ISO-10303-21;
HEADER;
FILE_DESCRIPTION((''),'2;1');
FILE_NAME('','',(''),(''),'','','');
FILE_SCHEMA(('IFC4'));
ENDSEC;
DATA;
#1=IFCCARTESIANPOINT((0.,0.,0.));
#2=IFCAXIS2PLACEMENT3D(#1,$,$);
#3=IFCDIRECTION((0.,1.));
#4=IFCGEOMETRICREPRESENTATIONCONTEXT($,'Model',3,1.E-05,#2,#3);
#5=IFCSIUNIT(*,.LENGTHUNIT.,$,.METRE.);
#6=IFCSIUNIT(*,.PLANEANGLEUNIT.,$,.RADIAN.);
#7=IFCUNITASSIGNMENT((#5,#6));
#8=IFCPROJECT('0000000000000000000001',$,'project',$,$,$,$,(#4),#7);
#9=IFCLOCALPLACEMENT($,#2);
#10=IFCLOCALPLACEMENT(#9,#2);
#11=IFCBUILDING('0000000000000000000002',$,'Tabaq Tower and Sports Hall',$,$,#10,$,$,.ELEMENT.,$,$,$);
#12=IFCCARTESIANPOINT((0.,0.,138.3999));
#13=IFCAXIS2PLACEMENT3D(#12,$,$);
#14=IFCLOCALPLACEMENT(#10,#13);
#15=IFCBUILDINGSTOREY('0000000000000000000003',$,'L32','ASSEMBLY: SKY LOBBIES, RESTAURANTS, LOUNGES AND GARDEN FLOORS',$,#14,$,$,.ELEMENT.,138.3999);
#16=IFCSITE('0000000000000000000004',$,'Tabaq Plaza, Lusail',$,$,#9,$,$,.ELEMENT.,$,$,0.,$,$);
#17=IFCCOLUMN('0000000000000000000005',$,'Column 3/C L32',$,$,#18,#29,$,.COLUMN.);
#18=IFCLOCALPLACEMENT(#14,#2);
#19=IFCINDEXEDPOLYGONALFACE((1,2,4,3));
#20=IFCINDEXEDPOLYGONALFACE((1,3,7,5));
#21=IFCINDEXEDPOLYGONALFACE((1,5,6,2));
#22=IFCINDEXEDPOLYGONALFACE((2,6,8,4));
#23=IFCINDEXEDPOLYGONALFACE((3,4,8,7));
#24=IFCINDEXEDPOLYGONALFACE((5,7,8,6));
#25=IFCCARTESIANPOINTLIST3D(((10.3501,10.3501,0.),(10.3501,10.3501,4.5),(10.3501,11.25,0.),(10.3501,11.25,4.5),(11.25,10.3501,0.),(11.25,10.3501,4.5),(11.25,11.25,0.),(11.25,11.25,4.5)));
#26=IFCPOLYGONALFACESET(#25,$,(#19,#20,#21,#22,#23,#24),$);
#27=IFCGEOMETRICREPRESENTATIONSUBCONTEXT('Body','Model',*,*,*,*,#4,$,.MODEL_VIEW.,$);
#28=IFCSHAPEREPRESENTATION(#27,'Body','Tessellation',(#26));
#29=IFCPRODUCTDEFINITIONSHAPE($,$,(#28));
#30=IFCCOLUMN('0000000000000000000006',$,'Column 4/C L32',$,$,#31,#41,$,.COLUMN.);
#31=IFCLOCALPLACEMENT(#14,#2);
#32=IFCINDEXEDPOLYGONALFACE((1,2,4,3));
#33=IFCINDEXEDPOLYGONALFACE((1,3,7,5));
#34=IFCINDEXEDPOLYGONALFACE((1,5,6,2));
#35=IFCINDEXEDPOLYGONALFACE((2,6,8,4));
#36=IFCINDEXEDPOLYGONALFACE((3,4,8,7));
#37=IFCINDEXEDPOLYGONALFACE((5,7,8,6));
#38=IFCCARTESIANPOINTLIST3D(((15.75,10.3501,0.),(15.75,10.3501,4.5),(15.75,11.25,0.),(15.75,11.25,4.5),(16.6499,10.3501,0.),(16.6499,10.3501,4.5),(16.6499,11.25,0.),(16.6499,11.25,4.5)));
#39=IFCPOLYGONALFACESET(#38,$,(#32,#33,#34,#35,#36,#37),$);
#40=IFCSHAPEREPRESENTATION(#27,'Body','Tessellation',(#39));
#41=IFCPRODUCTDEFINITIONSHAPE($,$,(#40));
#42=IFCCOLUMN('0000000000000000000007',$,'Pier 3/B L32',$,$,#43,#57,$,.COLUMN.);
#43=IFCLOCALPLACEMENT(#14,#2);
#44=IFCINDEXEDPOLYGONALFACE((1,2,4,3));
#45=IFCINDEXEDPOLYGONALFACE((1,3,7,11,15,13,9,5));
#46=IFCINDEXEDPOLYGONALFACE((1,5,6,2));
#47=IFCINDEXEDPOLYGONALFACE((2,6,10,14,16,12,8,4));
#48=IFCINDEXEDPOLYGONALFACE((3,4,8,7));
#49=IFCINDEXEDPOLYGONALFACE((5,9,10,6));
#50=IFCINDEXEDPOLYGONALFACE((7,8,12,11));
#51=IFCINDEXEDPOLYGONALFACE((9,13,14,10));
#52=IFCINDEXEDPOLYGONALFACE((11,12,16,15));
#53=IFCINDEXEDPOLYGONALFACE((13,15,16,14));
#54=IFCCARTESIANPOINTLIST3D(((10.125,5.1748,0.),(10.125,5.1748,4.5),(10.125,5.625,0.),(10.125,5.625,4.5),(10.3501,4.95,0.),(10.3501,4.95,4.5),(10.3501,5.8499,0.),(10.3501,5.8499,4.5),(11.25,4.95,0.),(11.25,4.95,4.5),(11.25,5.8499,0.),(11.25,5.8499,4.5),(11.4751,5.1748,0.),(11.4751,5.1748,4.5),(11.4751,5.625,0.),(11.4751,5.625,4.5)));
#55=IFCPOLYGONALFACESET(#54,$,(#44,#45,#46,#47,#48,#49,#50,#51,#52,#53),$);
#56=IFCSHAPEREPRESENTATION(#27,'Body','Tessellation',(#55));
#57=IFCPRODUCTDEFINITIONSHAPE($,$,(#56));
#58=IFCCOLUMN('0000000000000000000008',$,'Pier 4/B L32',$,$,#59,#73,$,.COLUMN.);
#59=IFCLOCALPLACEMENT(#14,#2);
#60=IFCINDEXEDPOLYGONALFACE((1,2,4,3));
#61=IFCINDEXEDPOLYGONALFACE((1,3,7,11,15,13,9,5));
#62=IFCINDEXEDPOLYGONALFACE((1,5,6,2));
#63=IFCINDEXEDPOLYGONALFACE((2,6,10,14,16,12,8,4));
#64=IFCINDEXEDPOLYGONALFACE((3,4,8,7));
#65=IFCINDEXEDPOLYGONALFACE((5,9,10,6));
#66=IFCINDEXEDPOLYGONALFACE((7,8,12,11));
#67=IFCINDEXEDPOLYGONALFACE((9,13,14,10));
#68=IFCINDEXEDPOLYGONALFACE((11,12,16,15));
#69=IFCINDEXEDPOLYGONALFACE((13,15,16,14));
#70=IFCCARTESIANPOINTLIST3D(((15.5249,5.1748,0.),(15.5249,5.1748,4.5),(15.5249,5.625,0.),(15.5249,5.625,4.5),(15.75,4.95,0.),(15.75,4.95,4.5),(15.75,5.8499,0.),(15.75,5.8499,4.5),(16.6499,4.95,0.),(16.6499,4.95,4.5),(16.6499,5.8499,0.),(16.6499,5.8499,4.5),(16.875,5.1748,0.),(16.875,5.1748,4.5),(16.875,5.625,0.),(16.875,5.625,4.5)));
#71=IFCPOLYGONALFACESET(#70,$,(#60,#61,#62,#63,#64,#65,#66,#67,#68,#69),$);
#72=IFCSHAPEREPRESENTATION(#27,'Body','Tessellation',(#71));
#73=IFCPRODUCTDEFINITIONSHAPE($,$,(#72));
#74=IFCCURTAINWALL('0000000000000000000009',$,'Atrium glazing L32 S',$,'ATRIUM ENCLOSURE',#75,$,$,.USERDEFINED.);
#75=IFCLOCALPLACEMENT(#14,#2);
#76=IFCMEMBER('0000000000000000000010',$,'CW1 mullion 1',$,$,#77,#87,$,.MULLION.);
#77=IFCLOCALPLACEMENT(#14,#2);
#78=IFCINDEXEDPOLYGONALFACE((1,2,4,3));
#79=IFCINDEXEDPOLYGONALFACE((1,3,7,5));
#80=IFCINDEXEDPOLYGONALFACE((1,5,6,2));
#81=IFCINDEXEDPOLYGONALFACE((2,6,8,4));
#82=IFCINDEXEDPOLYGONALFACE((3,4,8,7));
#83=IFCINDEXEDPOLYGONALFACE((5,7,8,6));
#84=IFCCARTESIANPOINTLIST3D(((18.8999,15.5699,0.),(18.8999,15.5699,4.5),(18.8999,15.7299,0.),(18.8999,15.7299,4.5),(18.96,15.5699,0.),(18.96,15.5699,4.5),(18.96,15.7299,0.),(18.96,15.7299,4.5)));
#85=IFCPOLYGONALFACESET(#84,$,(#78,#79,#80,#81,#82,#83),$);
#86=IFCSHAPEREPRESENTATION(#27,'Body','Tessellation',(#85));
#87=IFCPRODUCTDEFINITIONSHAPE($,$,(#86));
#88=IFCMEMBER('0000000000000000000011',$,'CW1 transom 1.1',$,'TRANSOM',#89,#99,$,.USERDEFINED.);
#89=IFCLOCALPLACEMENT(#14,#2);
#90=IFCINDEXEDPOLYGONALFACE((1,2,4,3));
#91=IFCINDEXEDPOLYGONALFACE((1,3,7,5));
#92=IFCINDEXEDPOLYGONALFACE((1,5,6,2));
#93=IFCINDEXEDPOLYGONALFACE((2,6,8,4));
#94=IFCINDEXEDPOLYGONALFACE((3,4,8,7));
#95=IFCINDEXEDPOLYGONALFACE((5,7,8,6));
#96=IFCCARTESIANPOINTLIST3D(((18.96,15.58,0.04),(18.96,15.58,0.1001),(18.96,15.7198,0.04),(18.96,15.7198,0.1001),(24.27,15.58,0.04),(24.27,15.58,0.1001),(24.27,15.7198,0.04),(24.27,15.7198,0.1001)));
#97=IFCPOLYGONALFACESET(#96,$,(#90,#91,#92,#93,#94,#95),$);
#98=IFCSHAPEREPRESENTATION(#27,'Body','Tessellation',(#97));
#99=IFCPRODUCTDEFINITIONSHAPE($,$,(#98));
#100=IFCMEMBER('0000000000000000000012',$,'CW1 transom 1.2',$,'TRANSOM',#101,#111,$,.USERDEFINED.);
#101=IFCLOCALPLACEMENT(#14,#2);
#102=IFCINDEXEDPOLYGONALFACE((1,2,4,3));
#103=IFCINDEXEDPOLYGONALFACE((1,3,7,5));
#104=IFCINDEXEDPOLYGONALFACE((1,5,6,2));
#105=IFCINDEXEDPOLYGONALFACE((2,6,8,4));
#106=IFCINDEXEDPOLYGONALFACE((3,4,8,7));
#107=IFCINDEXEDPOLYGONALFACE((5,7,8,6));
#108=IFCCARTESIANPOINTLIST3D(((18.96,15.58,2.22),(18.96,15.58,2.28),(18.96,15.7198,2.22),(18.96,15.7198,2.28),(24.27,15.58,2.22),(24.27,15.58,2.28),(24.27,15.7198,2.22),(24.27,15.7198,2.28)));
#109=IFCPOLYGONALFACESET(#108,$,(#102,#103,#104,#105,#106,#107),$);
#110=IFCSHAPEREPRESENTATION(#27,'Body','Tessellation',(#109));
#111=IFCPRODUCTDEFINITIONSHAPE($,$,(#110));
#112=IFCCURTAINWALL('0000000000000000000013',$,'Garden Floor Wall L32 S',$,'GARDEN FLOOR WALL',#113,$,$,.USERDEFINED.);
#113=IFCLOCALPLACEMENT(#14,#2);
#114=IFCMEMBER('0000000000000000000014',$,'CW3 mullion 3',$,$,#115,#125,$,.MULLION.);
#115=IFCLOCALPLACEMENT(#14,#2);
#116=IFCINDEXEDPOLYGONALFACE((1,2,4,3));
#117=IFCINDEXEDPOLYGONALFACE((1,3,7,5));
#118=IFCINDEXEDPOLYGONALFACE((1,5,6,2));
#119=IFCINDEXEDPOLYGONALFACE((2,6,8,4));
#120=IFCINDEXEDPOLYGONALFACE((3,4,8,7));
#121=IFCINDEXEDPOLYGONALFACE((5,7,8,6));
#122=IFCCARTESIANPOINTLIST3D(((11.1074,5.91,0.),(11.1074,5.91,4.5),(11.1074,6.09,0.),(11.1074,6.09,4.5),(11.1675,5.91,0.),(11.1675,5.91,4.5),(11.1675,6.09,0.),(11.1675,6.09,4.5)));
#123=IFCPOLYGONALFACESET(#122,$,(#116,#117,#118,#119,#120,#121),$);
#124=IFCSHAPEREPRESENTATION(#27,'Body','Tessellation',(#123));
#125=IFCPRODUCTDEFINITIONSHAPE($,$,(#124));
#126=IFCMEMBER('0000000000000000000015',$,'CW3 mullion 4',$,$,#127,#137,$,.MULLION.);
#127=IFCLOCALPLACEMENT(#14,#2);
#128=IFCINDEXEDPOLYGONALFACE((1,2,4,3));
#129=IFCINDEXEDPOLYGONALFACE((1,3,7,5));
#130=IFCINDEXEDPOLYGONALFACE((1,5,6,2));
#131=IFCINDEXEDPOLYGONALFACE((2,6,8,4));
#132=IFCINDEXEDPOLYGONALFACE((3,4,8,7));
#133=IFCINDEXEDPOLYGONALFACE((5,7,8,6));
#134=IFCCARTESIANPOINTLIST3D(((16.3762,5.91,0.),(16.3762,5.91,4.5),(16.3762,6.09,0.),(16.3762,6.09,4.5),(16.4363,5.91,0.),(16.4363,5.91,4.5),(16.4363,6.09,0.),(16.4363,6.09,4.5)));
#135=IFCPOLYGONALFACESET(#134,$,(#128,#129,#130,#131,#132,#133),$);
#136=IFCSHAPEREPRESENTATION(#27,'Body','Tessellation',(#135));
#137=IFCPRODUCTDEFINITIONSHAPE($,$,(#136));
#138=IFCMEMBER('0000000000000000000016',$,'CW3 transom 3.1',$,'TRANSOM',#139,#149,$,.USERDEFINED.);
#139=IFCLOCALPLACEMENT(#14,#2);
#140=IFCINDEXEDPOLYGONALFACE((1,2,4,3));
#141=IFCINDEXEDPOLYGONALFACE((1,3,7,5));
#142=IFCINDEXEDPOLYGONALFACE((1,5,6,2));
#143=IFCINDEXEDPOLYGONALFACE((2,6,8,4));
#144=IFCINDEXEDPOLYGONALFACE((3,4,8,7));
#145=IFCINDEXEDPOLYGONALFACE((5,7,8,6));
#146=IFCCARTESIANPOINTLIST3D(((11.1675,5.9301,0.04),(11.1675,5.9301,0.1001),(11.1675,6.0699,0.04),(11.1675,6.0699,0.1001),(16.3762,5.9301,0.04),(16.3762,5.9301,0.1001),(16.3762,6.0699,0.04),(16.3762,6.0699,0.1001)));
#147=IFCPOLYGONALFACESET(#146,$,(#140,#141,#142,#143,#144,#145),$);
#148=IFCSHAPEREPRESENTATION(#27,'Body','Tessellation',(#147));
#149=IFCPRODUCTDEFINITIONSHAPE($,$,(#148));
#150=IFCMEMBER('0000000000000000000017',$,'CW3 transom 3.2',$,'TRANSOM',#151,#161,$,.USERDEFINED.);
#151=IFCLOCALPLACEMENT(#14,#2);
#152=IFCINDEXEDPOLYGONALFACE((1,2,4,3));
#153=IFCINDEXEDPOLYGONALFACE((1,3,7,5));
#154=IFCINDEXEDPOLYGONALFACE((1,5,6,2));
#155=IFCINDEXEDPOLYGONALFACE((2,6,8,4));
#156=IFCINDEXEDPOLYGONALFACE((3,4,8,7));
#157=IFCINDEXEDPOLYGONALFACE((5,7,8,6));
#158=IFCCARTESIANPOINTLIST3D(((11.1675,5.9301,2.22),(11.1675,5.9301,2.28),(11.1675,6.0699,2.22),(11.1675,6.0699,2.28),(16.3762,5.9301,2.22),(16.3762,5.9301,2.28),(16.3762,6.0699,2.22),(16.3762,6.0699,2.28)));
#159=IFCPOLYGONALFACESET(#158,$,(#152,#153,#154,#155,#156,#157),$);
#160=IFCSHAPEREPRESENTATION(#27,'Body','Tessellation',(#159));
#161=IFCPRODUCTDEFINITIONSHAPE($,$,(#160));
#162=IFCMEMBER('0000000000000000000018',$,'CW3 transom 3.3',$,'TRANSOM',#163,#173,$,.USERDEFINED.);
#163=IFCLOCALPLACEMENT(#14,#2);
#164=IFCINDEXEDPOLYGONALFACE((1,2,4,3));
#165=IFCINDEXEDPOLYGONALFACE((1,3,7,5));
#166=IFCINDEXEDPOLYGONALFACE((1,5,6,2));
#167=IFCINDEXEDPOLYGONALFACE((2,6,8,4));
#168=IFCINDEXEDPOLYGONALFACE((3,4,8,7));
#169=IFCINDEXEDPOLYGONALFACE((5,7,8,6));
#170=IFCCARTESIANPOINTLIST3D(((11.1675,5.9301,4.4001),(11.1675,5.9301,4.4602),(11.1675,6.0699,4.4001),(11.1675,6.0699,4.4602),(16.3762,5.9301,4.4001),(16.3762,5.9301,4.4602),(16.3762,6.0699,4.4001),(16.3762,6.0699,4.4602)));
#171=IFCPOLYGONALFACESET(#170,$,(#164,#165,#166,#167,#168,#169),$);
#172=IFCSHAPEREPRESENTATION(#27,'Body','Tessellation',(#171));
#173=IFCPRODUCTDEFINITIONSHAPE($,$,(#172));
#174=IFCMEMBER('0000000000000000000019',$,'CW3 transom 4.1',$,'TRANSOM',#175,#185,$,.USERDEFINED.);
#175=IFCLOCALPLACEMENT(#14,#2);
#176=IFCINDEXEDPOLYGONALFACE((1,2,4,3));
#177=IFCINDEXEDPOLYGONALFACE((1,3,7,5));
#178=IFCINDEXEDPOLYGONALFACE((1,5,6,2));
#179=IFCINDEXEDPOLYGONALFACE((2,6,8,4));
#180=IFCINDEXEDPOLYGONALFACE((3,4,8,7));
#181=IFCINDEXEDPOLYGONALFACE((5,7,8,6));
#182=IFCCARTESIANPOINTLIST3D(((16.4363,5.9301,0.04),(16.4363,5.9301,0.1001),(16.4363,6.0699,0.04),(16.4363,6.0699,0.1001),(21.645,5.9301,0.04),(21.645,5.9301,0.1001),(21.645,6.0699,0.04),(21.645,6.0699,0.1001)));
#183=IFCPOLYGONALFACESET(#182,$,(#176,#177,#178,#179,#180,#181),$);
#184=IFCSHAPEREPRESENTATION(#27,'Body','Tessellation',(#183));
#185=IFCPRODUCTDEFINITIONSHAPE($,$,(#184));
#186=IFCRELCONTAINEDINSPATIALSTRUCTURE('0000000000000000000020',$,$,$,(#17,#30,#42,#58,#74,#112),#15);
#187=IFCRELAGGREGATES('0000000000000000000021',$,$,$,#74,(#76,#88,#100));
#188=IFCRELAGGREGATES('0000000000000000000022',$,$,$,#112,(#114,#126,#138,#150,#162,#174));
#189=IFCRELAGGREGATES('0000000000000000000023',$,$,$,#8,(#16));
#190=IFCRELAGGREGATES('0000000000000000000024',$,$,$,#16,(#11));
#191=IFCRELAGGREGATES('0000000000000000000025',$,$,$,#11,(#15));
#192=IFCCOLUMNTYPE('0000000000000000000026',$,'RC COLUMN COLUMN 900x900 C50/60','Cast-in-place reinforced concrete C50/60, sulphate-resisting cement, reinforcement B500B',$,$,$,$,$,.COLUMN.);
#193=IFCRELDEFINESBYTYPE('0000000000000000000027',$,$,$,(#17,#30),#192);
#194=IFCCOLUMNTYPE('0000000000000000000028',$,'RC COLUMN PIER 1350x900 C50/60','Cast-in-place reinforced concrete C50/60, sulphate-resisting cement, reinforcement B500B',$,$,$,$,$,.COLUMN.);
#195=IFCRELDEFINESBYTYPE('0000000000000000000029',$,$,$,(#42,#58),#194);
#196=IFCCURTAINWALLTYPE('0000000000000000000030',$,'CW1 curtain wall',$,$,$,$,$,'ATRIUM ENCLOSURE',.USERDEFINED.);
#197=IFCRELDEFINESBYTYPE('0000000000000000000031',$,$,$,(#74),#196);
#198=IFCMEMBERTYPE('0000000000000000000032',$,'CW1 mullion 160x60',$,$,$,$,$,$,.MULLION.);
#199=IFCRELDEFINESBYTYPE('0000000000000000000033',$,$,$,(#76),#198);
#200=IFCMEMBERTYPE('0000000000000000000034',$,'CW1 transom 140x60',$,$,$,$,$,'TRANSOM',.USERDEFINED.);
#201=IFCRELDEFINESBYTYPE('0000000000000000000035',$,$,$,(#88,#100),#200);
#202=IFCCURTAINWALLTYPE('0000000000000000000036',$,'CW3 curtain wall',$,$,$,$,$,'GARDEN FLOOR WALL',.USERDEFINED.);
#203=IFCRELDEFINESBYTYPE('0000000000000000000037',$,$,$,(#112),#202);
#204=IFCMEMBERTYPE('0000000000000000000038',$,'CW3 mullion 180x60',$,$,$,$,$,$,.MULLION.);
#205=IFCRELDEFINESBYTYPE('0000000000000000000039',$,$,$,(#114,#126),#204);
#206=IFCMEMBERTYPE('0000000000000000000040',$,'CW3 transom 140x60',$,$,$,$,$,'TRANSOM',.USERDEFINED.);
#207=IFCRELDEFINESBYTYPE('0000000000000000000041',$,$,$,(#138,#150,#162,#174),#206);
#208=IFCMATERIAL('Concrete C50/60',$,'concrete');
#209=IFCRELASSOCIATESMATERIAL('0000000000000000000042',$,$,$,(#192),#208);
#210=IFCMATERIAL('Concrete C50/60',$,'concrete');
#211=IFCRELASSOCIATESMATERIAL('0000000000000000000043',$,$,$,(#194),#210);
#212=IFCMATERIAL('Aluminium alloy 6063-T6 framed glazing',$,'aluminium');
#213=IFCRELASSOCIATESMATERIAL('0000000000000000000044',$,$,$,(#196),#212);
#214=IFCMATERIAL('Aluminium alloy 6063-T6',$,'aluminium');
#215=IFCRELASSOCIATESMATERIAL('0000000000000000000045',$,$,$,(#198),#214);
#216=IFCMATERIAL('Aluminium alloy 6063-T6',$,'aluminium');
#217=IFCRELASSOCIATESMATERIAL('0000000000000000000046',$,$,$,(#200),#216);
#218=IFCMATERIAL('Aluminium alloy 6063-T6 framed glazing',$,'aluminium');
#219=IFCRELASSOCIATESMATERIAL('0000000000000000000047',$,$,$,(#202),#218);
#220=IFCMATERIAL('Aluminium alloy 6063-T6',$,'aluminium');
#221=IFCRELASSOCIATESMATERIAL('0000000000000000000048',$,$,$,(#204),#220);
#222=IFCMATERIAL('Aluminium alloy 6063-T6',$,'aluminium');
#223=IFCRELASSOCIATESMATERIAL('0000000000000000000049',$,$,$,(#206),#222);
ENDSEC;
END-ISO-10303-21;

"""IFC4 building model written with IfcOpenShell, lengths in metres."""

from ifc_helpers import new_model, si_unit, direction, frame, origin, origin_2d, place, context, subcontext, project, spatial, polyline, rectangle, outline, extrude, material, material_profile, profile_set, type_object, element, aggregate, save


model = new_model("IFC4")

# Units and contexts
model_context = context("Model", 3, precision=1e-05, world=origin(), true_north=direction((0.0, 1.0)))
body_context = subcontext(model_context, "Body", "Model", "MODEL_VIEW")
ifc_project = project(units=[si_unit("LENGTHUNIT", "METRE"), si_unit("PLANEANGLEUNIT", "RADIAN")], contexts=[model_context])

# Site, building, storey
site_placement = place(None, origin())
site = spatial("IfcSite", under=ifc_project, at=site_placement, Name="Tabaq Plaza, Lusail", CompositionType="ELEMENT", RefElevation=0.0)
building_placement = place(site_placement, origin())
building = spatial("IfcBuilding", under=site, at=building_placement, Name="Tabaq Tower and Sports Hall", CompositionType="ELEMENT")
storey_placement = place(building_placement, frame((0.0, 0.0, 138.3999)))
storey = spatial("IfcBuildingStorey", under=building, at=storey_placement, Name="L32", Description="ASSEMBLY: SKY LOBBIES, RESTAURANTS, LOUNGES AND GARDEN FLOORS", CompositionType="ELEMENT", Elevation=138.3999)

# Columns
ifc_material_1 = material(Name="Concrete C50/60", Category="concrete")
ifc_material_profile_1 = material_profile(ifc_material_1, rectangle(XDim=0.8999, YDim=0.8999, at=origin_2d()), Name="COLUMN 900x900")
ifc_profile_set_1 = profile_set([ifc_material_profile_1], Name="Concrete C50/60")
column_type_1 = type_object("IfcColumnType", Name="RC COLUMN COLUMN 900x900 C50/60", Description="Cast-in-place reinforced concrete C50/60, sulphate-resisting cement, reinforcement B500B", PredefinedType="COLUMN", material=ifc_profile_set_1)
for number, where, z_axis, x_axis, name in (
    (1, (10.8, 10.8, 0.0), (0.0, 0.0, 1.0), (1.0, 0.0, 0.0), "Column 3/C L32"),
    (2, (16.2, 10.8, 0.0), (0.0, 0.0, 1.0), (1.0, 0.0, 0.0), "Column 4/C L32"),
):
    element("IfcColumn", number, at=place(storey_placement, frame(where, z_axis=z_axis, x_axis=x_axis)), inside=storey, type_object=column_type_1, Name=name, PredefinedType="COLUMN", context=body_context, shape_type="SweptSolid", body=[
        extrude(rectangle(XDim=0.8999, YDim=0.8999, at=origin_2d()), origin(), (0.0, 0.0, 1.0), 4.5),
    ])
ifc_material_2 = material(Name="Concrete C50/60", Category="concrete")
ifc_material_profile_2 = material_profile(ifc_material_2, outline(polyline([(-0.45, -0.45), (0.45, -0.45), (0.675, -0.2251), (0.675, 0.2251), (0.45, 0.45), (-0.45, 0.45), (-0.675, 0.2251), (-0.675, -0.2251), (-0.45, -0.45)])), Name="PIER 1350x900")
ifc_profile_set_2 = profile_set([ifc_material_profile_2], Name="Concrete C50/60")
column_type_2 = type_object("IfcColumnType", Name="RC COLUMN PIER 1350x900 C50/60", Description="Cast-in-place reinforced concrete C50/60, sulphate-resisting cement, reinforcement B500B", PredefinedType="COLUMN", material=ifc_profile_set_2)
for number, where, z_axis, x_axis, name in (
    (3, (10.8, 5.3999, 0.0), (0.0, 0.0, 1.0), (1.0, 0.0, 0.0), "Pier 3/B L32"),
    (4, (16.2, 5.3999, 0.0), (0.0, 0.0, 1.0), (1.0, 0.0, 0.0), "Pier 4/B L32"),
):
    element("IfcColumn", number, at=place(storey_placement, frame(where, z_axis=z_axis, x_axis=x_axis)), inside=storey, type_object=column_type_2, Name=name, PredefinedType="COLUMN", context=body_context, shape_type="SweptSolid", body=[
        extrude(outline(polyline([(-0.45, -0.45), (0.45, -0.45), (0.675, -0.2251), (0.675, 0.2251), (0.45, 0.45), (-0.45, 0.45), (-0.675, 0.2251), (-0.675, -0.2251), (-0.45, -0.45)])), origin(), (0.0, 0.0, 1.0), 4.5),
    ])

# Curtain walls, members
ifc_material_3 = material(Name="Aluminium alloy 6063-T6 framed glazing", Category="aluminium")
curtain_wall_type_1 = type_object("IfcCurtainWallType", Name="CW1 curtain wall", ElementType="ATRIUM ENCLOSURE", PredefinedType="USERDEFINED", material=ifc_material_3)
curtain_wall_1_placement = place(storey_placement, origin())
curtain_wall_1 = element("IfcCurtainWall", 5, at=curtain_wall_1_placement, inside=storey, type_object=curtain_wall_type_1, Name="Atrium glazing L32 S", ObjectType="ATRIUM ENCLOSURE", PredefinedType="USERDEFINED")
ifc_material_4 = material(Name="Aluminium alloy 6063-T6", Category="aluminium")
ifc_material_profile_3 = material_profile(ifc_material_4, rectangle(XDim=0.1599, YDim=0.0601, at=origin_2d()), Name="MULLION 160x60")
ifc_profile_set_3 = profile_set([ifc_material_profile_3], Name="Aluminium alloy 6063-T6")
member_type_1 = type_object("IfcMemberType", Name="CW1 mullion 160x60", PredefinedType="MULLION", material=ifc_profile_set_3)
member_1_placement = place(storey_placement, frame((18.9299, 15.6499, 0.0), z_axis=(0.0, 0.0, 1.0), x_axis=(0.0, 1.0, 0.0)))
member_1 = element("IfcMember", 6, at=member_1_placement, type_object=member_type_1, Name="CW1 mullion 1", PredefinedType="MULLION", context=body_context, shape_type="SweptSolid", body=[
    extrude(rectangle(XDim=0.1599, YDim=0.0601, at=origin_2d()), origin(), (0.0, 0.0, 1.0), 4.5),
])
ifc_material_5 = material(Name="Aluminium alloy 6063-T6", Category="aluminium")
ifc_material_profile_4 = material_profile(ifc_material_5, rectangle(XDim=0.1399, YDim=0.0601, at=origin_2d()), Name="TRANSOM 140x60")
ifc_profile_set_4 = profile_set([ifc_material_profile_4], Name="Aluminium alloy 6063-T6")
member_type_2 = type_object("IfcMemberType", Name="CW1 transom 140x60", ElementType="TRANSOM", PredefinedType="USERDEFINED", material=ifc_profile_set_4)
member_2_placement = place(storey_placement, frame((18.96, 15.6499, 0.0701), z_axis=(1.0, 0.0, 0.0), x_axis=(0.0, 1.0, 0.0)))
member_2 = element("IfcMember", 7, at=member_2_placement, type_object=member_type_2, Name="CW1 transom 1.1", ObjectType="TRANSOM", PredefinedType="USERDEFINED", context=body_context, shape_type="SweptSolid", body=[
    extrude(rectangle(XDim=0.1399, YDim=0.0601, at=origin_2d()), origin(), (0.0, 0.0, 1.0), 5.3101),
])
member_3_placement = place(storey_placement, frame((18.96, 15.6499, 2.25), z_axis=(1.0, 0.0, 0.0), x_axis=(0.0, 1.0, 0.0)))
member_3 = element("IfcMember", 8, at=member_3_placement, type_object=member_type_2, Name="CW1 transom 1.2", ObjectType="TRANSOM", PredefinedType="USERDEFINED", context=body_context, shape_type="SweptSolid", body=[
    extrude(rectangle(XDim=0.1399, YDim=0.0601, at=origin_2d()), origin(), (0.0, 0.0, 1.0), 5.3101),
])
aggregate(curtain_wall_1, [member_1, member_2, member_3])
ifc_material_6 = material(Name="Aluminium alloy 6063-T6 framed glazing", Category="aluminium")
curtain_wall_type_2 = type_object("IfcCurtainWallType", Name="CW3 curtain wall", ElementType="GARDEN FLOOR WALL", PredefinedType="USERDEFINED", material=ifc_material_6)
curtain_wall_2_placement = place(storey_placement, origin())
curtain_wall_2 = element("IfcCurtainWall", 9, at=curtain_wall_2_placement, inside=storey, type_object=curtain_wall_type_2, Name="Garden Floor Wall L32 S", ObjectType="GARDEN FLOOR WALL", PredefinedType="USERDEFINED")
ifc_material_7 = material(Name="Aluminium alloy 6063-T6", Category="aluminium")
ifc_material_profile_5 = material_profile(ifc_material_7, rectangle(XDim=0.1799, YDim=0.0601, at=origin_2d()), Name="MULLION 180x60")
ifc_profile_set_5 = profile_set([ifc_material_profile_5], Name="Aluminium alloy 6063-T6")
member_type_3 = type_object("IfcMemberType", Name="CW3 mullion 180x60", PredefinedType="MULLION", material=ifc_profile_set_5)
member_4_placement = place(storey_placement, frame((11.1375, 6.0, 0.0), z_axis=(0.0, 0.0, 1.0), x_axis=(0.0, 1.0, 0.0)))
member_4 = element("IfcMember", 10, at=member_4_placement, type_object=member_type_3, Name="CW3 mullion 3", PredefinedType="MULLION", context=body_context, shape_type="SweptSolid", body=[
    extrude(rectangle(XDim=0.1799, YDim=0.0601, at=origin_2d()), origin(), (0.0, 0.0, 1.0), 4.5),
])
member_5_placement = place(storey_placement, frame((16.4062, 6.0, 0.0), z_axis=(0.0, 0.0, 1.0), x_axis=(0.0, 1.0, 0.0)))
member_5 = element("IfcMember", 11, at=member_5_placement, type_object=member_type_3, Name="CW3 mullion 4", PredefinedType="MULLION", context=body_context, shape_type="SweptSolid", body=[
    extrude(rectangle(XDim=0.1799, YDim=0.0601, at=origin_2d()), origin(), (0.0, 0.0, 1.0), 4.5),
])
ifc_material_8 = material(Name="Aluminium alloy 6063-T6", Category="aluminium")
ifc_material_profile_6 = material_profile(ifc_material_8, rectangle(XDim=0.1399, YDim=0.0601, at=origin_2d()), Name="TRANSOM 140x60")
ifc_profile_set_6 = profile_set([ifc_material_profile_6], Name="Aluminium alloy 6063-T6")
member_type_4 = type_object("IfcMemberType", Name="CW3 transom 140x60", ElementType="TRANSOM", PredefinedType="USERDEFINED", material=ifc_profile_set_6)
member_6_placement = place(storey_placement, frame((11.1675, 6.0, 0.0701), z_axis=(1.0, 0.0, 0.0), x_axis=(0.0, 1.0, 0.0)))
member_6 = element("IfcMember", 12, at=member_6_placement, type_object=member_type_4, Name="CW3 transom 3.1", ObjectType="TRANSOM", PredefinedType="USERDEFINED", context=body_context, shape_type="SweptSolid", body=[
    extrude(rectangle(XDim=0.1399, YDim=0.0601, at=origin_2d()), origin(), (0.0, 0.0, 1.0), 5.2087),
])
member_7_placement = place(storey_placement, frame((11.1675, 6.0, 2.25), z_axis=(1.0, 0.0, 0.0), x_axis=(0.0, 1.0, 0.0)))
member_7 = element("IfcMember", 13, at=member_7_placement, type_object=member_type_4, Name="CW3 transom 3.2", ObjectType="TRANSOM", PredefinedType="USERDEFINED", context=body_context, shape_type="SweptSolid", body=[
    extrude(rectangle(XDim=0.1399, YDim=0.0601, at=origin_2d()), origin(), (0.0, 0.0, 1.0), 5.2087),
])
member_8_placement = place(storey_placement, frame((11.1675, 6.0, 4.4302), z_axis=(1.0, 0.0, 0.0), x_axis=(0.0, 1.0, 0.0)))
member_8 = element("IfcMember", 14, at=member_8_placement, type_object=member_type_4, Name="CW3 transom 3.3", ObjectType="TRANSOM", PredefinedType="USERDEFINED", context=body_context, shape_type="SweptSolid", body=[
    extrude(rectangle(XDim=0.1399, YDim=0.0601, at=origin_2d()), origin(), (0.0, 0.0, 1.0), 5.2087),
])
member_9_placement = place(storey_placement, frame((16.4363, 6.0, 0.0701), z_axis=(1.0, 0.0, 0.0), x_axis=(0.0, 1.0, 0.0)))
member_9 = element("IfcMember", 15, at=member_9_placement, type_object=member_type_4, Name="CW3 transom 4.1", ObjectType="TRANSOM", PredefinedType="USERDEFINED", context=body_context, shape_type="SweptSolid", body=[
    extrude(rectangle(XDim=0.1399, YDim=0.0601, at=origin_2d()), origin(), (0.0, 0.0, 1.0), 5.2087),
])

aggregate(curtain_wall_2, [member_4, member_5, member_6, member_7, member_8, member_9])

save(model, "model.ifc")
